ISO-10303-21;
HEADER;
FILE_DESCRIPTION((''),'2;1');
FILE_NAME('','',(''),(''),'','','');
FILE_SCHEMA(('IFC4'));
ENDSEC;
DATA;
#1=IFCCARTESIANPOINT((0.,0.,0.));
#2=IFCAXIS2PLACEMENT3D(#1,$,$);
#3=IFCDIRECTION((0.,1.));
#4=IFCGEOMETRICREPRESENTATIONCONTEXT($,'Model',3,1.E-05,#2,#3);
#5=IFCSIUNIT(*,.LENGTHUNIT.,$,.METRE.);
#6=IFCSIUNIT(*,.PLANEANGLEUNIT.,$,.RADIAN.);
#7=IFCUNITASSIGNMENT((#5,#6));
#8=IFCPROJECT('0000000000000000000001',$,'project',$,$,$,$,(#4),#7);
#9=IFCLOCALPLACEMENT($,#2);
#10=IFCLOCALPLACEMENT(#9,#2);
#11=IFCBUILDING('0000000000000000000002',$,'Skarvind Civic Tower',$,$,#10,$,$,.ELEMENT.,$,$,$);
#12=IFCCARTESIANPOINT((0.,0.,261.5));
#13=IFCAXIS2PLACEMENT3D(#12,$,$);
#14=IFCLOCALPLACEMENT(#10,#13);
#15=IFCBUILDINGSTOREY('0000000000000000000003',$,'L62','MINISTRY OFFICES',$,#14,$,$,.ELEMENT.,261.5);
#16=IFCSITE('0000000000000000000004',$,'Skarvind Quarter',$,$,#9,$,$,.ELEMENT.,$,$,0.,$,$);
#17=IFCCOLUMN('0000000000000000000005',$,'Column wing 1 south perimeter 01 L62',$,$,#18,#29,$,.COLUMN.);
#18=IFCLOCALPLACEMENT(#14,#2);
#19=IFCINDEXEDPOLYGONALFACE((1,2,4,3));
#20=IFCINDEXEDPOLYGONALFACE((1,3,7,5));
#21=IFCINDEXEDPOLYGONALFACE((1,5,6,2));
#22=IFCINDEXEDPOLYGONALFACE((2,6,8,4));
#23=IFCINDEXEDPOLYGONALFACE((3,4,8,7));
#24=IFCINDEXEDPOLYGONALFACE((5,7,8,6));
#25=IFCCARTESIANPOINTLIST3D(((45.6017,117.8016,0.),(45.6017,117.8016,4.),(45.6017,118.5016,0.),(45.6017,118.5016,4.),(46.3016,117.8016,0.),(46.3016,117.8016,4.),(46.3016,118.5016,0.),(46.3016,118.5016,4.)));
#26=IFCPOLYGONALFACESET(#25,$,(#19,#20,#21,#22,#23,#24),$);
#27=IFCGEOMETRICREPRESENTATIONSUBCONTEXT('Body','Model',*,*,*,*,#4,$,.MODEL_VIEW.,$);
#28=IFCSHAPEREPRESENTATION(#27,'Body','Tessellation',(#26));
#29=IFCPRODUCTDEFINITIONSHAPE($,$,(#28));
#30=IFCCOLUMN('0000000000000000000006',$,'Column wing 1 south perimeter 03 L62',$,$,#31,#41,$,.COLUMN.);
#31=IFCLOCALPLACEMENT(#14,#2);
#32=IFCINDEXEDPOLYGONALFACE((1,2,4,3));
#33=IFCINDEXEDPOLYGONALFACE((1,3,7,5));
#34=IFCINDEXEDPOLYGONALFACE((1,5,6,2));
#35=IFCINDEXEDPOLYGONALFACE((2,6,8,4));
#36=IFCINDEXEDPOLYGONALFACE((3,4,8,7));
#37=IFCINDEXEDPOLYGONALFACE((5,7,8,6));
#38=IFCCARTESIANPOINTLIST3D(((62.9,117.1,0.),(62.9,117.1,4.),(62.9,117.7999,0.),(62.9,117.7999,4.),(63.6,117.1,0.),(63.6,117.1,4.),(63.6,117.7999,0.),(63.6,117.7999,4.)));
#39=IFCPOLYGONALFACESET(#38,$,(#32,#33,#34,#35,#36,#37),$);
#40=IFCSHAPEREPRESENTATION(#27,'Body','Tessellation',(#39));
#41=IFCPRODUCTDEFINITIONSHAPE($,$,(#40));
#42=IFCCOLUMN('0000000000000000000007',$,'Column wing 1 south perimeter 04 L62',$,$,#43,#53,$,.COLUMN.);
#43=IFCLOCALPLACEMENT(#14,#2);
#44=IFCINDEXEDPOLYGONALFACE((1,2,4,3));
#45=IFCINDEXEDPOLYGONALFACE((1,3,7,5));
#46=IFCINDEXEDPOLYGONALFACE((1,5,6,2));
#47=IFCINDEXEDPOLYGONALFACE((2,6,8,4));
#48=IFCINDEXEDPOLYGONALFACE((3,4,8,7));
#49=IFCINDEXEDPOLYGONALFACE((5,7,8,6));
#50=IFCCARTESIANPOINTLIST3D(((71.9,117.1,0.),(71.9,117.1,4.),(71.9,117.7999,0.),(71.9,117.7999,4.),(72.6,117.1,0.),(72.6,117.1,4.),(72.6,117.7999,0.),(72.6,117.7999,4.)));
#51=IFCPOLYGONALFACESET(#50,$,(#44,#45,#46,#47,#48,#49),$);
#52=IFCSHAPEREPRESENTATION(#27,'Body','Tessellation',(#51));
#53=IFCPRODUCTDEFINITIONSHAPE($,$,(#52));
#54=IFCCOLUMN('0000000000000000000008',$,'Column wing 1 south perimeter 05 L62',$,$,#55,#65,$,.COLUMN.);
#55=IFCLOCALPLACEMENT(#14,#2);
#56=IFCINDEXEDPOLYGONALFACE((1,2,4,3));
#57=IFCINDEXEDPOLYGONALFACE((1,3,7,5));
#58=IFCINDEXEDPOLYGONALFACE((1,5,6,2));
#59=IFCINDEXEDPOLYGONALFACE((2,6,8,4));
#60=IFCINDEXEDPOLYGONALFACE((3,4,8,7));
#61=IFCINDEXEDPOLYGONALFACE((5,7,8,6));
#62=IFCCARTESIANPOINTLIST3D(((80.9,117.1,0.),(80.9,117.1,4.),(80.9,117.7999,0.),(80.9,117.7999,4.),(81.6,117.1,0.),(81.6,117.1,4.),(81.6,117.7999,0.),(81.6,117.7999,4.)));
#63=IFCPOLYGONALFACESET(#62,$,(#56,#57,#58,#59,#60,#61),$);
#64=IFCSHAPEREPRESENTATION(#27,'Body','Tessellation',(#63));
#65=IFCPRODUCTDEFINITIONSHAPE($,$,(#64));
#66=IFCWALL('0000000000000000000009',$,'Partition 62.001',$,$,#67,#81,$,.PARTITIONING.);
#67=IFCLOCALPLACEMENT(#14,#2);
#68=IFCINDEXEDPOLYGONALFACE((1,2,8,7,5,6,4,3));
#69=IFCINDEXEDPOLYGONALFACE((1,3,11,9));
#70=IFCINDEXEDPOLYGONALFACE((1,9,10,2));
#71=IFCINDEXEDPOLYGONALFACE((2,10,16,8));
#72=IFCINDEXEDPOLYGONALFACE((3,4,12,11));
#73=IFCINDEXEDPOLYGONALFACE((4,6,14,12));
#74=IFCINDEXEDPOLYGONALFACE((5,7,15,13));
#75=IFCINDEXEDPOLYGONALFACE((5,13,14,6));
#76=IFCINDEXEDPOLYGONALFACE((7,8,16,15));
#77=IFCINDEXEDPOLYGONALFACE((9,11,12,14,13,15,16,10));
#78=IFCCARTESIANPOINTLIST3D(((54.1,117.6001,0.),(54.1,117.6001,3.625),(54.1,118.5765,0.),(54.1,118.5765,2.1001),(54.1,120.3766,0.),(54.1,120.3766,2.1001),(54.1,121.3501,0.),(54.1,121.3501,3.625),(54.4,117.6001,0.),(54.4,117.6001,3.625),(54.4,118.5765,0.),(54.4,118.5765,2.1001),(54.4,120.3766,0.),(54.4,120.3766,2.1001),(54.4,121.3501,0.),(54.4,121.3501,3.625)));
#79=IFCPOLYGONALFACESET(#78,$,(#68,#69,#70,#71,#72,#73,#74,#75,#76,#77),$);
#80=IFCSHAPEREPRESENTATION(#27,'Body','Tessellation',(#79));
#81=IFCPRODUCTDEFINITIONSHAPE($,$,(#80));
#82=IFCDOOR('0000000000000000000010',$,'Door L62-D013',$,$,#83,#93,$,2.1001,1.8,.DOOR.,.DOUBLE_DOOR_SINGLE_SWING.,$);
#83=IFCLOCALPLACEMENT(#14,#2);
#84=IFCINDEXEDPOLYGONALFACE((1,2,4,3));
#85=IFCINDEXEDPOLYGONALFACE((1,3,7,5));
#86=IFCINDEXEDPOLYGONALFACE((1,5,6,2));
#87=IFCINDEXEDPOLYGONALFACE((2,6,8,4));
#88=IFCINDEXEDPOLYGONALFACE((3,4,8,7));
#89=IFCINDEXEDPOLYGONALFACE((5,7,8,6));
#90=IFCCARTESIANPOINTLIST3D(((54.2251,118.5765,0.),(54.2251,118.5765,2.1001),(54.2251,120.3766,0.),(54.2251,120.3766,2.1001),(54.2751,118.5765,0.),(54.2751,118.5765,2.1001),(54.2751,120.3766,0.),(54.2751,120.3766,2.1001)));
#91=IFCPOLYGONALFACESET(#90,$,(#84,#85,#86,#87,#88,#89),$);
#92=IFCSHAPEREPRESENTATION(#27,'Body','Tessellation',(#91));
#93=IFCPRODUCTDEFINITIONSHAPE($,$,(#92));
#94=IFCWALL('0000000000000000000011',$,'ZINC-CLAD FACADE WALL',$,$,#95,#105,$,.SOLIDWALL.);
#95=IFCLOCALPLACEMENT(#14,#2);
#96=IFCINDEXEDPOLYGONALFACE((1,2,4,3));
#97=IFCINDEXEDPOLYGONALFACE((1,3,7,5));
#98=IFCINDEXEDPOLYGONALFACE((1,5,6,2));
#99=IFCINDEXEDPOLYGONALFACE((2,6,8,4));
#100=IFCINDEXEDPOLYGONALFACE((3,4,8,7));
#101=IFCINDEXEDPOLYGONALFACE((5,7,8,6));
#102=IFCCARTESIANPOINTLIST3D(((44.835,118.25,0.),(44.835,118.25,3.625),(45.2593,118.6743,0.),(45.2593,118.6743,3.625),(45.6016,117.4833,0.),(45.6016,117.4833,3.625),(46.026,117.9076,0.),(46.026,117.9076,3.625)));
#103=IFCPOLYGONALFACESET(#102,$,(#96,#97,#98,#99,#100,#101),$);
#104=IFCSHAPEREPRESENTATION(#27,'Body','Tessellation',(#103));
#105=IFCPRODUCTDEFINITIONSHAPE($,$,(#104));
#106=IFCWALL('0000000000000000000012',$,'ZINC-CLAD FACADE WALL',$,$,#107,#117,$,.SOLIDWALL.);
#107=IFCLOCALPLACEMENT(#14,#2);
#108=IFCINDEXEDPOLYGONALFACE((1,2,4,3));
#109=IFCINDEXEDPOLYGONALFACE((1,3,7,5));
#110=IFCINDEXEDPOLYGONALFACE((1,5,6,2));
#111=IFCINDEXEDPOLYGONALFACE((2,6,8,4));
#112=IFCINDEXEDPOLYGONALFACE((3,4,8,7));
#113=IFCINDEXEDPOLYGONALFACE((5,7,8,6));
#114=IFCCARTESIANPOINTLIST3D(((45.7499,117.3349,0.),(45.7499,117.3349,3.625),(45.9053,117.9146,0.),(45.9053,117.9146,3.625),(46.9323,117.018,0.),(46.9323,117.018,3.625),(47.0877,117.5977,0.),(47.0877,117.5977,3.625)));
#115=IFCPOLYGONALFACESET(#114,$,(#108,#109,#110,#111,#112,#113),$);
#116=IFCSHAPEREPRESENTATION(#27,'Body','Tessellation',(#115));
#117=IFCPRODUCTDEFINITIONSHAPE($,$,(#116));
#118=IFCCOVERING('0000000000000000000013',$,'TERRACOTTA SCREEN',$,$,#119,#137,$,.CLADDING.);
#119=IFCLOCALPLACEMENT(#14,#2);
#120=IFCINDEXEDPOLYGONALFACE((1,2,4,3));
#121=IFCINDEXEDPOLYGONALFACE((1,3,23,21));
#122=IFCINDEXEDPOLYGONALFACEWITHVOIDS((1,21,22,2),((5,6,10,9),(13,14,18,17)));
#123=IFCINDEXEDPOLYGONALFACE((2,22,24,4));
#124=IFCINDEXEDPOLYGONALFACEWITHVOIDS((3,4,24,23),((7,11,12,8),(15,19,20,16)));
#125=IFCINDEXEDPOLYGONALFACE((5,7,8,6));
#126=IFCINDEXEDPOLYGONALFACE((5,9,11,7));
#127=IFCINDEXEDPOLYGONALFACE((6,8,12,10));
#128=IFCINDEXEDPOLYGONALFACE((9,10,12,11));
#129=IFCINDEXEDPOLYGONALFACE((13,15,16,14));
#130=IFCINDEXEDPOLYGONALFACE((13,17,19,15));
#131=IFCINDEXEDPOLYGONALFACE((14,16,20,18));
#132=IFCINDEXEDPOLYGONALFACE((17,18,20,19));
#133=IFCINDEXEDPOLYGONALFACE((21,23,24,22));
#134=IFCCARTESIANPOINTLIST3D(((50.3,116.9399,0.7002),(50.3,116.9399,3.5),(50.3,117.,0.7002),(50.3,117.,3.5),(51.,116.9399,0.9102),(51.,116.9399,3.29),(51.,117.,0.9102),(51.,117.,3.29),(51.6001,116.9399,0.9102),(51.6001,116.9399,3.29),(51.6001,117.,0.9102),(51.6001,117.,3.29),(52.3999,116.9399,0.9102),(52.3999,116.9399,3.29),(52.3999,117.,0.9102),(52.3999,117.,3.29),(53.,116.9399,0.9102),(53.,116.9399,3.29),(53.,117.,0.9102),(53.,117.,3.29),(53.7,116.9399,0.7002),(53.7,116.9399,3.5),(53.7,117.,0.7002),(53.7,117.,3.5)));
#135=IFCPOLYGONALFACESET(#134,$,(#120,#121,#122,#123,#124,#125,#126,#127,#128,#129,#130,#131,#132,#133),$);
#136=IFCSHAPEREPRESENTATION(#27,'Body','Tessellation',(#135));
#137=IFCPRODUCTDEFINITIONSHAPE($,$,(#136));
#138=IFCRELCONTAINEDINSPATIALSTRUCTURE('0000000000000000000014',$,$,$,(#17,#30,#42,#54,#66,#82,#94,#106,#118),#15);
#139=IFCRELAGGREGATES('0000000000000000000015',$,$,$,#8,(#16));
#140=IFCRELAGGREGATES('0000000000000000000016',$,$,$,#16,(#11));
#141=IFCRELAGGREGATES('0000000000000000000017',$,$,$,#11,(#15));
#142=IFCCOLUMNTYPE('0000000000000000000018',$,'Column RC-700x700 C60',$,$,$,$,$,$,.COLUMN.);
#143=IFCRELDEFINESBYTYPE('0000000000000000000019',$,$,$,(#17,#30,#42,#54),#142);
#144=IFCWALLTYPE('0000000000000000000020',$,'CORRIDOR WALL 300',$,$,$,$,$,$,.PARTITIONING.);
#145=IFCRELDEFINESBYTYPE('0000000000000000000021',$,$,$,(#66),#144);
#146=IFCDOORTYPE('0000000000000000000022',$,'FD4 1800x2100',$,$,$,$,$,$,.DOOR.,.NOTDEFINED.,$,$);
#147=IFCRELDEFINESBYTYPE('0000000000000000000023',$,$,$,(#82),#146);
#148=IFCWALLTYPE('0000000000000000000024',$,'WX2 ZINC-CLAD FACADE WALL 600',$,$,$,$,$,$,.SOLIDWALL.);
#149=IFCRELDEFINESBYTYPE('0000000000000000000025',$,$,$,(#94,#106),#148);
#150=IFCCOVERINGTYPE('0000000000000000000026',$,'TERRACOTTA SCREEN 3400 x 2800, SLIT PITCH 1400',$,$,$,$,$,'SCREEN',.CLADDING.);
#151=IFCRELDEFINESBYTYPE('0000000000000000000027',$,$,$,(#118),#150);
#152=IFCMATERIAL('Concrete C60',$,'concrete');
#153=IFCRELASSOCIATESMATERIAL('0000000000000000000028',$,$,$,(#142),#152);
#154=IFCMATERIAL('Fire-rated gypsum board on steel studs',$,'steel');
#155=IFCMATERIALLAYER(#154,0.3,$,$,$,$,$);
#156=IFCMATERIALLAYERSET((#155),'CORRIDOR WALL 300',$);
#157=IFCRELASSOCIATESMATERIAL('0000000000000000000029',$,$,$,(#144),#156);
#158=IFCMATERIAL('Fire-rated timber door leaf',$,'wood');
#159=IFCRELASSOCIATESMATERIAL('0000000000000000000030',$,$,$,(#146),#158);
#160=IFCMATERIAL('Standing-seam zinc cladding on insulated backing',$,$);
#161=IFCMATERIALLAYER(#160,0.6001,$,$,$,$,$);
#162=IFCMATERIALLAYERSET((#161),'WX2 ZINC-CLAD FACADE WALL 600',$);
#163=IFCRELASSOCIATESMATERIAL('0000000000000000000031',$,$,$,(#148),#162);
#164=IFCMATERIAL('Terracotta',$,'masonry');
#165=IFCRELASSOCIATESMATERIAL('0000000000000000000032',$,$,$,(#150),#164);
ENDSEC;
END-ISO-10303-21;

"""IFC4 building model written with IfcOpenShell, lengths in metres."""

from ifc_helpers import new_model, si_unit, direction, frame, frame_2d, origin, origin_2d, place, context, subcontext, project, spatial, polyline, rectangle, outline, extrude, material, layer, layer_set, material_profile, profile_set, type_object, element, fill, save


model = new_model("IFC4")

# Units and contexts
model_context = context("Model", 3, precision=1e-05, world=origin(), true_north=direction((0.0, 1.0)))
body_context = subcontext(model_context, "Body", "Model", "MODEL_VIEW")
ifc_project = project(units=[si_unit("LENGTHUNIT", "METRE"), si_unit("PLANEANGLEUNIT", "RADIAN")], contexts=[model_context])

# Site, building, storey
site_placement = place(None, origin())
site = spatial("IfcSite", under=ifc_project, at=site_placement, Name="Skarvind Quarter", CompositionType="ELEMENT", RefElevation=0.0)
building_placement = place(site_placement, origin())
building = spatial("IfcBuilding", under=site, at=building_placement, Name="Skarvind Civic Tower", CompositionType="ELEMENT")
storey_placement = place(building_placement, frame((0.0, 0.0, 261.5)))
storey = spatial("IfcBuildingStorey", under=building, at=storey_placement, Name="L62", Description="MINISTRY OFFICES", CompositionType="ELEMENT", Elevation=261.5)

# Columns
ifc_material_1 = material(Name="Concrete C60", Category="concrete")
ifc_material_profile_1 = material_profile(ifc_material_1, rectangle(XDim=0.7, YDim=0.7, at=origin_2d()), Name="RC-700x700")
ifc_profile_set_1 = profile_set([ifc_material_profile_1], Name="Concrete C60")
column_type = type_object("IfcColumnType", Name="Column RC-700x700 C60", PredefinedType="COLUMN", material=ifc_profile_set_1)
for number, where, z_axis, x_axis, name in (
    (1, (45.9517, 118.1516, 0.0), (0.0, 0.0, 1.0), (1.0, 0.0, 0.0), "Column wing 1 south perimeter 01 L62"),
    (2, (63.25, 117.45, 0.0), (0.0, 0.0, 1.0), (1.0, 0.0, 0.0), "Column wing 1 south perimeter 03 L62"),
    (3, (72.25, 117.45, 0.0), (0.0, 0.0, 1.0), (1.0, 0.0, 0.0), "Column wing 1 south perimeter 04 L62"),
    (4, (81.25, 117.45, 0.0), (0.0, 0.0, 1.0), (1.0, 0.0, 0.0), "Column wing 1 south perimeter 05 L62"),
):
    element("IfcColumn", number, at=place(storey_placement, frame(where, z_axis=z_axis, x_axis=x_axis)), inside=storey, type_object=column_type, Name=name, PredefinedType="COLUMN", context=body_context, shape_type="SweptSolid", body=[
        extrude(rectangle(XDim=0.7, YDim=0.7, at=origin_2d()), origin(), (0.0, 0.0, 1.0), 4.0),
    ])

# Wall, opening, door
ifc_material_2 = material(Name="Fire-rated gypsum board on steel studs", Category="steel")
ifc_layer_1 = layer(ifc_material_2, 0.3)
ifc_layer_set_1 = layer_set([ifc_layer_1], Name="CORRIDOR WALL 300")
wall_type_1 = type_object("IfcWallType", Name="CORRIDOR WALL 300", PredefinedType="PARTITIONING", material=ifc_layer_set_1)
wall_1_placement = place(storey_placement, frame((54.25, 117.6001, 0.0), z_axis=(0.0, 0.0, 1.0), x_axis=(0.0, 1.0, 0.0)))
wall_1 = element("IfcWall", 5, at=wall_1_placement, inside=storey, type_object=wall_type_1, Name="Partition 62.001", PredefinedType="PARTITIONING", context=body_context, shape_type="SweptSolid", body=[
    extrude(rectangle(XDim=3.75, YDim=0.3, at=frame_2d((1.875, 0.0))), origin(), (0.0, 0.0, 1.0), 3.625),
])
opening_placement = place(wall_1_placement, frame((0.9766, 0.0, 0.0)))
opening = element("IfcOpeningElement", 6, at=opening_placement, cuts=wall_1, PredefinedType="OPENING", context=body_context, shape_type="SweptSolid", body=[
    extrude(rectangle(XDim=1.8, YDim=2.1001, at=frame_2d((0.8999, 1.05))), frame((0.0, 0.1599, 0.0), z_axis=(0.0, -1.0, 0.0), x_axis=(1.0, 0.0, 0.0)), (0.0, 0.0, 1.0), 0.3201),
])
ifc_material_3 = material(Name="Fire-rated timber door leaf", Category="wood")
door_type = type_object("IfcDoorType", Name="FD4 1800x2100", OperationType="NOTDEFINED", PredefinedType="DOOR", material=ifc_material_3)
door_placement = place(opening_placement, origin())
door = element("IfcDoor", 7, at=door_placement, inside=storey, type_object=door_type, Name="Door L62-D013", OperationType="DOUBLE_DOOR_SINGLE_SWING", OverallHeight=2.1001, OverallWidth=1.8, PredefinedType="DOOR", context=body_context, shape_type="SweptSolid", body=[
    extrude(rectangle(XDim=1.8, YDim=2.1001, at=frame_2d((0.8999, 1.05))), frame((0.0, 0.0249, 0.0), z_axis=(0.0, -1.0, 0.0), x_axis=(1.0, 0.0, 0.0)), (0.0, 0.0, 1.0), 0.05),
])
fill(opening, door)

# Walls
ifc_material_4 = material(Name="Standing-seam zinc cladding on insulated backing")
ifc_layer_2 = layer(ifc_material_4, 0.6001)
ifc_layer_set_2 = layer_set([ifc_layer_2], Name="WX2 ZINC-CLAD FACADE WALL 600")
wall_type_2 = type_object("IfcWallType", Name="WX2 ZINC-CLAD FACADE WALL 600", PredefinedType="SOLIDWALL", material=ifc_layer_set_2)
wall_2_placement = place(storey_placement, frame((45.8137, 117.6956, 0.0), z_axis=(0.0, 0.0, 1.0), x_axis=(-0.707107, 0.707107, 0.0)))
element("IfcWall", 8, at=wall_2_placement, inside=storey, type_object=wall_type_2, Name="ZINC-CLAD FACADE WALL", PredefinedType="SOLIDWALL", context=body_context, shape_type="SweptSolid", body=[
    extrude(rectangle(XDim=1.0842, YDim=0.6001, at=frame_2d((0.542, 0.0))), origin(), (0.0, 0.0, 1.0), 3.625),
])
wall_3_placement = place(storey_placement, frame((47.01, 117.3079, 0.0), z_axis=(0.0, 0.0, 1.0), x_axis=(-0.96591, 0.258879, 0.0)))
element("IfcWall", 9, at=wall_3_placement, inside=storey, type_object=wall_type_2, Name="ZINC-CLAD FACADE WALL", PredefinedType="SOLIDWALL", context=body_context, shape_type="SweptSolid", body=[
    extrude(rectangle(XDim=1.2241, YDim=0.6001, at=frame_2d((0.6121, 0.0))), origin(), (0.0, 0.0, 1.0), 3.625),
])

# Covering
ifc_material_5 = material(Name="Terracotta", Category="masonry")
ifc_material_profile_2 = material_profile(ifc_material_5, outline(polyline([(-1.7, -1.3999), (1.7, -1.3999), (1.7, 1.3999), (-1.7, 1.3999), (-1.7, -1.3999)]), holes=[polyline([(-1.0, -1.1899), (-0.3999, -1.1899), (-0.3999, 1.1899), (-1.0, 1.1899), (-1.0, -1.1899)]), polyline([(0.3999, -1.1899), (1.0, -1.1899), (1.0, 1.1899), (0.3999, 1.1899), (0.3999, -1.1899)])]), Name="TERRACOTTA SCREEN 3400 x 2800, SLIT PITCH 1400")
ifc_profile_set_2 = profile_set([ifc_material_profile_2], Name="Terracotta")
covering_type = type_object("IfcCoveringType", Name="TERRACOTTA SCREEN 3400 x 2800, SLIT PITCH 1400", ElementType="SCREEN", PredefinedType="CLADDING", material=ifc_profile_set_2)
covering_placement = place(storey_placement, frame((52.0, 117.0, 2.1001), z_axis=(0.0, -1.0, 0.0), x_axis=(1.0, 0.0, 0.0)))
element("IfcCovering", 10, at=covering_placement, inside=storey, type_object=covering_type, Name="TERRACOTTA SCREEN", PredefinedType="CLADDING", context=body_context, shape_type="SweptSolid", body=[
    extrude(outline(polyline([(-1.7, -1.3999), (1.7, -1.3999), (1.7, 1.3999), (-1.7, 1.3999), (-1.7, -1.3999)]), holes=[polyline([(-1.0, -1.1899), (-0.3999, -1.1899), (-0.3999, 1.1899), (-1.0, 1.1899), (-1.0, -1.1899)]), polyline([(0.3999, -1.1899), (1.0, -1.1899), (1.0, 1.1899), (0.3999, 1.1899), (0.3999, -1.1899)])]), origin(), (0.0, 0.0, 1.0), 0.0601),
])

save(model, "model.ifc")
